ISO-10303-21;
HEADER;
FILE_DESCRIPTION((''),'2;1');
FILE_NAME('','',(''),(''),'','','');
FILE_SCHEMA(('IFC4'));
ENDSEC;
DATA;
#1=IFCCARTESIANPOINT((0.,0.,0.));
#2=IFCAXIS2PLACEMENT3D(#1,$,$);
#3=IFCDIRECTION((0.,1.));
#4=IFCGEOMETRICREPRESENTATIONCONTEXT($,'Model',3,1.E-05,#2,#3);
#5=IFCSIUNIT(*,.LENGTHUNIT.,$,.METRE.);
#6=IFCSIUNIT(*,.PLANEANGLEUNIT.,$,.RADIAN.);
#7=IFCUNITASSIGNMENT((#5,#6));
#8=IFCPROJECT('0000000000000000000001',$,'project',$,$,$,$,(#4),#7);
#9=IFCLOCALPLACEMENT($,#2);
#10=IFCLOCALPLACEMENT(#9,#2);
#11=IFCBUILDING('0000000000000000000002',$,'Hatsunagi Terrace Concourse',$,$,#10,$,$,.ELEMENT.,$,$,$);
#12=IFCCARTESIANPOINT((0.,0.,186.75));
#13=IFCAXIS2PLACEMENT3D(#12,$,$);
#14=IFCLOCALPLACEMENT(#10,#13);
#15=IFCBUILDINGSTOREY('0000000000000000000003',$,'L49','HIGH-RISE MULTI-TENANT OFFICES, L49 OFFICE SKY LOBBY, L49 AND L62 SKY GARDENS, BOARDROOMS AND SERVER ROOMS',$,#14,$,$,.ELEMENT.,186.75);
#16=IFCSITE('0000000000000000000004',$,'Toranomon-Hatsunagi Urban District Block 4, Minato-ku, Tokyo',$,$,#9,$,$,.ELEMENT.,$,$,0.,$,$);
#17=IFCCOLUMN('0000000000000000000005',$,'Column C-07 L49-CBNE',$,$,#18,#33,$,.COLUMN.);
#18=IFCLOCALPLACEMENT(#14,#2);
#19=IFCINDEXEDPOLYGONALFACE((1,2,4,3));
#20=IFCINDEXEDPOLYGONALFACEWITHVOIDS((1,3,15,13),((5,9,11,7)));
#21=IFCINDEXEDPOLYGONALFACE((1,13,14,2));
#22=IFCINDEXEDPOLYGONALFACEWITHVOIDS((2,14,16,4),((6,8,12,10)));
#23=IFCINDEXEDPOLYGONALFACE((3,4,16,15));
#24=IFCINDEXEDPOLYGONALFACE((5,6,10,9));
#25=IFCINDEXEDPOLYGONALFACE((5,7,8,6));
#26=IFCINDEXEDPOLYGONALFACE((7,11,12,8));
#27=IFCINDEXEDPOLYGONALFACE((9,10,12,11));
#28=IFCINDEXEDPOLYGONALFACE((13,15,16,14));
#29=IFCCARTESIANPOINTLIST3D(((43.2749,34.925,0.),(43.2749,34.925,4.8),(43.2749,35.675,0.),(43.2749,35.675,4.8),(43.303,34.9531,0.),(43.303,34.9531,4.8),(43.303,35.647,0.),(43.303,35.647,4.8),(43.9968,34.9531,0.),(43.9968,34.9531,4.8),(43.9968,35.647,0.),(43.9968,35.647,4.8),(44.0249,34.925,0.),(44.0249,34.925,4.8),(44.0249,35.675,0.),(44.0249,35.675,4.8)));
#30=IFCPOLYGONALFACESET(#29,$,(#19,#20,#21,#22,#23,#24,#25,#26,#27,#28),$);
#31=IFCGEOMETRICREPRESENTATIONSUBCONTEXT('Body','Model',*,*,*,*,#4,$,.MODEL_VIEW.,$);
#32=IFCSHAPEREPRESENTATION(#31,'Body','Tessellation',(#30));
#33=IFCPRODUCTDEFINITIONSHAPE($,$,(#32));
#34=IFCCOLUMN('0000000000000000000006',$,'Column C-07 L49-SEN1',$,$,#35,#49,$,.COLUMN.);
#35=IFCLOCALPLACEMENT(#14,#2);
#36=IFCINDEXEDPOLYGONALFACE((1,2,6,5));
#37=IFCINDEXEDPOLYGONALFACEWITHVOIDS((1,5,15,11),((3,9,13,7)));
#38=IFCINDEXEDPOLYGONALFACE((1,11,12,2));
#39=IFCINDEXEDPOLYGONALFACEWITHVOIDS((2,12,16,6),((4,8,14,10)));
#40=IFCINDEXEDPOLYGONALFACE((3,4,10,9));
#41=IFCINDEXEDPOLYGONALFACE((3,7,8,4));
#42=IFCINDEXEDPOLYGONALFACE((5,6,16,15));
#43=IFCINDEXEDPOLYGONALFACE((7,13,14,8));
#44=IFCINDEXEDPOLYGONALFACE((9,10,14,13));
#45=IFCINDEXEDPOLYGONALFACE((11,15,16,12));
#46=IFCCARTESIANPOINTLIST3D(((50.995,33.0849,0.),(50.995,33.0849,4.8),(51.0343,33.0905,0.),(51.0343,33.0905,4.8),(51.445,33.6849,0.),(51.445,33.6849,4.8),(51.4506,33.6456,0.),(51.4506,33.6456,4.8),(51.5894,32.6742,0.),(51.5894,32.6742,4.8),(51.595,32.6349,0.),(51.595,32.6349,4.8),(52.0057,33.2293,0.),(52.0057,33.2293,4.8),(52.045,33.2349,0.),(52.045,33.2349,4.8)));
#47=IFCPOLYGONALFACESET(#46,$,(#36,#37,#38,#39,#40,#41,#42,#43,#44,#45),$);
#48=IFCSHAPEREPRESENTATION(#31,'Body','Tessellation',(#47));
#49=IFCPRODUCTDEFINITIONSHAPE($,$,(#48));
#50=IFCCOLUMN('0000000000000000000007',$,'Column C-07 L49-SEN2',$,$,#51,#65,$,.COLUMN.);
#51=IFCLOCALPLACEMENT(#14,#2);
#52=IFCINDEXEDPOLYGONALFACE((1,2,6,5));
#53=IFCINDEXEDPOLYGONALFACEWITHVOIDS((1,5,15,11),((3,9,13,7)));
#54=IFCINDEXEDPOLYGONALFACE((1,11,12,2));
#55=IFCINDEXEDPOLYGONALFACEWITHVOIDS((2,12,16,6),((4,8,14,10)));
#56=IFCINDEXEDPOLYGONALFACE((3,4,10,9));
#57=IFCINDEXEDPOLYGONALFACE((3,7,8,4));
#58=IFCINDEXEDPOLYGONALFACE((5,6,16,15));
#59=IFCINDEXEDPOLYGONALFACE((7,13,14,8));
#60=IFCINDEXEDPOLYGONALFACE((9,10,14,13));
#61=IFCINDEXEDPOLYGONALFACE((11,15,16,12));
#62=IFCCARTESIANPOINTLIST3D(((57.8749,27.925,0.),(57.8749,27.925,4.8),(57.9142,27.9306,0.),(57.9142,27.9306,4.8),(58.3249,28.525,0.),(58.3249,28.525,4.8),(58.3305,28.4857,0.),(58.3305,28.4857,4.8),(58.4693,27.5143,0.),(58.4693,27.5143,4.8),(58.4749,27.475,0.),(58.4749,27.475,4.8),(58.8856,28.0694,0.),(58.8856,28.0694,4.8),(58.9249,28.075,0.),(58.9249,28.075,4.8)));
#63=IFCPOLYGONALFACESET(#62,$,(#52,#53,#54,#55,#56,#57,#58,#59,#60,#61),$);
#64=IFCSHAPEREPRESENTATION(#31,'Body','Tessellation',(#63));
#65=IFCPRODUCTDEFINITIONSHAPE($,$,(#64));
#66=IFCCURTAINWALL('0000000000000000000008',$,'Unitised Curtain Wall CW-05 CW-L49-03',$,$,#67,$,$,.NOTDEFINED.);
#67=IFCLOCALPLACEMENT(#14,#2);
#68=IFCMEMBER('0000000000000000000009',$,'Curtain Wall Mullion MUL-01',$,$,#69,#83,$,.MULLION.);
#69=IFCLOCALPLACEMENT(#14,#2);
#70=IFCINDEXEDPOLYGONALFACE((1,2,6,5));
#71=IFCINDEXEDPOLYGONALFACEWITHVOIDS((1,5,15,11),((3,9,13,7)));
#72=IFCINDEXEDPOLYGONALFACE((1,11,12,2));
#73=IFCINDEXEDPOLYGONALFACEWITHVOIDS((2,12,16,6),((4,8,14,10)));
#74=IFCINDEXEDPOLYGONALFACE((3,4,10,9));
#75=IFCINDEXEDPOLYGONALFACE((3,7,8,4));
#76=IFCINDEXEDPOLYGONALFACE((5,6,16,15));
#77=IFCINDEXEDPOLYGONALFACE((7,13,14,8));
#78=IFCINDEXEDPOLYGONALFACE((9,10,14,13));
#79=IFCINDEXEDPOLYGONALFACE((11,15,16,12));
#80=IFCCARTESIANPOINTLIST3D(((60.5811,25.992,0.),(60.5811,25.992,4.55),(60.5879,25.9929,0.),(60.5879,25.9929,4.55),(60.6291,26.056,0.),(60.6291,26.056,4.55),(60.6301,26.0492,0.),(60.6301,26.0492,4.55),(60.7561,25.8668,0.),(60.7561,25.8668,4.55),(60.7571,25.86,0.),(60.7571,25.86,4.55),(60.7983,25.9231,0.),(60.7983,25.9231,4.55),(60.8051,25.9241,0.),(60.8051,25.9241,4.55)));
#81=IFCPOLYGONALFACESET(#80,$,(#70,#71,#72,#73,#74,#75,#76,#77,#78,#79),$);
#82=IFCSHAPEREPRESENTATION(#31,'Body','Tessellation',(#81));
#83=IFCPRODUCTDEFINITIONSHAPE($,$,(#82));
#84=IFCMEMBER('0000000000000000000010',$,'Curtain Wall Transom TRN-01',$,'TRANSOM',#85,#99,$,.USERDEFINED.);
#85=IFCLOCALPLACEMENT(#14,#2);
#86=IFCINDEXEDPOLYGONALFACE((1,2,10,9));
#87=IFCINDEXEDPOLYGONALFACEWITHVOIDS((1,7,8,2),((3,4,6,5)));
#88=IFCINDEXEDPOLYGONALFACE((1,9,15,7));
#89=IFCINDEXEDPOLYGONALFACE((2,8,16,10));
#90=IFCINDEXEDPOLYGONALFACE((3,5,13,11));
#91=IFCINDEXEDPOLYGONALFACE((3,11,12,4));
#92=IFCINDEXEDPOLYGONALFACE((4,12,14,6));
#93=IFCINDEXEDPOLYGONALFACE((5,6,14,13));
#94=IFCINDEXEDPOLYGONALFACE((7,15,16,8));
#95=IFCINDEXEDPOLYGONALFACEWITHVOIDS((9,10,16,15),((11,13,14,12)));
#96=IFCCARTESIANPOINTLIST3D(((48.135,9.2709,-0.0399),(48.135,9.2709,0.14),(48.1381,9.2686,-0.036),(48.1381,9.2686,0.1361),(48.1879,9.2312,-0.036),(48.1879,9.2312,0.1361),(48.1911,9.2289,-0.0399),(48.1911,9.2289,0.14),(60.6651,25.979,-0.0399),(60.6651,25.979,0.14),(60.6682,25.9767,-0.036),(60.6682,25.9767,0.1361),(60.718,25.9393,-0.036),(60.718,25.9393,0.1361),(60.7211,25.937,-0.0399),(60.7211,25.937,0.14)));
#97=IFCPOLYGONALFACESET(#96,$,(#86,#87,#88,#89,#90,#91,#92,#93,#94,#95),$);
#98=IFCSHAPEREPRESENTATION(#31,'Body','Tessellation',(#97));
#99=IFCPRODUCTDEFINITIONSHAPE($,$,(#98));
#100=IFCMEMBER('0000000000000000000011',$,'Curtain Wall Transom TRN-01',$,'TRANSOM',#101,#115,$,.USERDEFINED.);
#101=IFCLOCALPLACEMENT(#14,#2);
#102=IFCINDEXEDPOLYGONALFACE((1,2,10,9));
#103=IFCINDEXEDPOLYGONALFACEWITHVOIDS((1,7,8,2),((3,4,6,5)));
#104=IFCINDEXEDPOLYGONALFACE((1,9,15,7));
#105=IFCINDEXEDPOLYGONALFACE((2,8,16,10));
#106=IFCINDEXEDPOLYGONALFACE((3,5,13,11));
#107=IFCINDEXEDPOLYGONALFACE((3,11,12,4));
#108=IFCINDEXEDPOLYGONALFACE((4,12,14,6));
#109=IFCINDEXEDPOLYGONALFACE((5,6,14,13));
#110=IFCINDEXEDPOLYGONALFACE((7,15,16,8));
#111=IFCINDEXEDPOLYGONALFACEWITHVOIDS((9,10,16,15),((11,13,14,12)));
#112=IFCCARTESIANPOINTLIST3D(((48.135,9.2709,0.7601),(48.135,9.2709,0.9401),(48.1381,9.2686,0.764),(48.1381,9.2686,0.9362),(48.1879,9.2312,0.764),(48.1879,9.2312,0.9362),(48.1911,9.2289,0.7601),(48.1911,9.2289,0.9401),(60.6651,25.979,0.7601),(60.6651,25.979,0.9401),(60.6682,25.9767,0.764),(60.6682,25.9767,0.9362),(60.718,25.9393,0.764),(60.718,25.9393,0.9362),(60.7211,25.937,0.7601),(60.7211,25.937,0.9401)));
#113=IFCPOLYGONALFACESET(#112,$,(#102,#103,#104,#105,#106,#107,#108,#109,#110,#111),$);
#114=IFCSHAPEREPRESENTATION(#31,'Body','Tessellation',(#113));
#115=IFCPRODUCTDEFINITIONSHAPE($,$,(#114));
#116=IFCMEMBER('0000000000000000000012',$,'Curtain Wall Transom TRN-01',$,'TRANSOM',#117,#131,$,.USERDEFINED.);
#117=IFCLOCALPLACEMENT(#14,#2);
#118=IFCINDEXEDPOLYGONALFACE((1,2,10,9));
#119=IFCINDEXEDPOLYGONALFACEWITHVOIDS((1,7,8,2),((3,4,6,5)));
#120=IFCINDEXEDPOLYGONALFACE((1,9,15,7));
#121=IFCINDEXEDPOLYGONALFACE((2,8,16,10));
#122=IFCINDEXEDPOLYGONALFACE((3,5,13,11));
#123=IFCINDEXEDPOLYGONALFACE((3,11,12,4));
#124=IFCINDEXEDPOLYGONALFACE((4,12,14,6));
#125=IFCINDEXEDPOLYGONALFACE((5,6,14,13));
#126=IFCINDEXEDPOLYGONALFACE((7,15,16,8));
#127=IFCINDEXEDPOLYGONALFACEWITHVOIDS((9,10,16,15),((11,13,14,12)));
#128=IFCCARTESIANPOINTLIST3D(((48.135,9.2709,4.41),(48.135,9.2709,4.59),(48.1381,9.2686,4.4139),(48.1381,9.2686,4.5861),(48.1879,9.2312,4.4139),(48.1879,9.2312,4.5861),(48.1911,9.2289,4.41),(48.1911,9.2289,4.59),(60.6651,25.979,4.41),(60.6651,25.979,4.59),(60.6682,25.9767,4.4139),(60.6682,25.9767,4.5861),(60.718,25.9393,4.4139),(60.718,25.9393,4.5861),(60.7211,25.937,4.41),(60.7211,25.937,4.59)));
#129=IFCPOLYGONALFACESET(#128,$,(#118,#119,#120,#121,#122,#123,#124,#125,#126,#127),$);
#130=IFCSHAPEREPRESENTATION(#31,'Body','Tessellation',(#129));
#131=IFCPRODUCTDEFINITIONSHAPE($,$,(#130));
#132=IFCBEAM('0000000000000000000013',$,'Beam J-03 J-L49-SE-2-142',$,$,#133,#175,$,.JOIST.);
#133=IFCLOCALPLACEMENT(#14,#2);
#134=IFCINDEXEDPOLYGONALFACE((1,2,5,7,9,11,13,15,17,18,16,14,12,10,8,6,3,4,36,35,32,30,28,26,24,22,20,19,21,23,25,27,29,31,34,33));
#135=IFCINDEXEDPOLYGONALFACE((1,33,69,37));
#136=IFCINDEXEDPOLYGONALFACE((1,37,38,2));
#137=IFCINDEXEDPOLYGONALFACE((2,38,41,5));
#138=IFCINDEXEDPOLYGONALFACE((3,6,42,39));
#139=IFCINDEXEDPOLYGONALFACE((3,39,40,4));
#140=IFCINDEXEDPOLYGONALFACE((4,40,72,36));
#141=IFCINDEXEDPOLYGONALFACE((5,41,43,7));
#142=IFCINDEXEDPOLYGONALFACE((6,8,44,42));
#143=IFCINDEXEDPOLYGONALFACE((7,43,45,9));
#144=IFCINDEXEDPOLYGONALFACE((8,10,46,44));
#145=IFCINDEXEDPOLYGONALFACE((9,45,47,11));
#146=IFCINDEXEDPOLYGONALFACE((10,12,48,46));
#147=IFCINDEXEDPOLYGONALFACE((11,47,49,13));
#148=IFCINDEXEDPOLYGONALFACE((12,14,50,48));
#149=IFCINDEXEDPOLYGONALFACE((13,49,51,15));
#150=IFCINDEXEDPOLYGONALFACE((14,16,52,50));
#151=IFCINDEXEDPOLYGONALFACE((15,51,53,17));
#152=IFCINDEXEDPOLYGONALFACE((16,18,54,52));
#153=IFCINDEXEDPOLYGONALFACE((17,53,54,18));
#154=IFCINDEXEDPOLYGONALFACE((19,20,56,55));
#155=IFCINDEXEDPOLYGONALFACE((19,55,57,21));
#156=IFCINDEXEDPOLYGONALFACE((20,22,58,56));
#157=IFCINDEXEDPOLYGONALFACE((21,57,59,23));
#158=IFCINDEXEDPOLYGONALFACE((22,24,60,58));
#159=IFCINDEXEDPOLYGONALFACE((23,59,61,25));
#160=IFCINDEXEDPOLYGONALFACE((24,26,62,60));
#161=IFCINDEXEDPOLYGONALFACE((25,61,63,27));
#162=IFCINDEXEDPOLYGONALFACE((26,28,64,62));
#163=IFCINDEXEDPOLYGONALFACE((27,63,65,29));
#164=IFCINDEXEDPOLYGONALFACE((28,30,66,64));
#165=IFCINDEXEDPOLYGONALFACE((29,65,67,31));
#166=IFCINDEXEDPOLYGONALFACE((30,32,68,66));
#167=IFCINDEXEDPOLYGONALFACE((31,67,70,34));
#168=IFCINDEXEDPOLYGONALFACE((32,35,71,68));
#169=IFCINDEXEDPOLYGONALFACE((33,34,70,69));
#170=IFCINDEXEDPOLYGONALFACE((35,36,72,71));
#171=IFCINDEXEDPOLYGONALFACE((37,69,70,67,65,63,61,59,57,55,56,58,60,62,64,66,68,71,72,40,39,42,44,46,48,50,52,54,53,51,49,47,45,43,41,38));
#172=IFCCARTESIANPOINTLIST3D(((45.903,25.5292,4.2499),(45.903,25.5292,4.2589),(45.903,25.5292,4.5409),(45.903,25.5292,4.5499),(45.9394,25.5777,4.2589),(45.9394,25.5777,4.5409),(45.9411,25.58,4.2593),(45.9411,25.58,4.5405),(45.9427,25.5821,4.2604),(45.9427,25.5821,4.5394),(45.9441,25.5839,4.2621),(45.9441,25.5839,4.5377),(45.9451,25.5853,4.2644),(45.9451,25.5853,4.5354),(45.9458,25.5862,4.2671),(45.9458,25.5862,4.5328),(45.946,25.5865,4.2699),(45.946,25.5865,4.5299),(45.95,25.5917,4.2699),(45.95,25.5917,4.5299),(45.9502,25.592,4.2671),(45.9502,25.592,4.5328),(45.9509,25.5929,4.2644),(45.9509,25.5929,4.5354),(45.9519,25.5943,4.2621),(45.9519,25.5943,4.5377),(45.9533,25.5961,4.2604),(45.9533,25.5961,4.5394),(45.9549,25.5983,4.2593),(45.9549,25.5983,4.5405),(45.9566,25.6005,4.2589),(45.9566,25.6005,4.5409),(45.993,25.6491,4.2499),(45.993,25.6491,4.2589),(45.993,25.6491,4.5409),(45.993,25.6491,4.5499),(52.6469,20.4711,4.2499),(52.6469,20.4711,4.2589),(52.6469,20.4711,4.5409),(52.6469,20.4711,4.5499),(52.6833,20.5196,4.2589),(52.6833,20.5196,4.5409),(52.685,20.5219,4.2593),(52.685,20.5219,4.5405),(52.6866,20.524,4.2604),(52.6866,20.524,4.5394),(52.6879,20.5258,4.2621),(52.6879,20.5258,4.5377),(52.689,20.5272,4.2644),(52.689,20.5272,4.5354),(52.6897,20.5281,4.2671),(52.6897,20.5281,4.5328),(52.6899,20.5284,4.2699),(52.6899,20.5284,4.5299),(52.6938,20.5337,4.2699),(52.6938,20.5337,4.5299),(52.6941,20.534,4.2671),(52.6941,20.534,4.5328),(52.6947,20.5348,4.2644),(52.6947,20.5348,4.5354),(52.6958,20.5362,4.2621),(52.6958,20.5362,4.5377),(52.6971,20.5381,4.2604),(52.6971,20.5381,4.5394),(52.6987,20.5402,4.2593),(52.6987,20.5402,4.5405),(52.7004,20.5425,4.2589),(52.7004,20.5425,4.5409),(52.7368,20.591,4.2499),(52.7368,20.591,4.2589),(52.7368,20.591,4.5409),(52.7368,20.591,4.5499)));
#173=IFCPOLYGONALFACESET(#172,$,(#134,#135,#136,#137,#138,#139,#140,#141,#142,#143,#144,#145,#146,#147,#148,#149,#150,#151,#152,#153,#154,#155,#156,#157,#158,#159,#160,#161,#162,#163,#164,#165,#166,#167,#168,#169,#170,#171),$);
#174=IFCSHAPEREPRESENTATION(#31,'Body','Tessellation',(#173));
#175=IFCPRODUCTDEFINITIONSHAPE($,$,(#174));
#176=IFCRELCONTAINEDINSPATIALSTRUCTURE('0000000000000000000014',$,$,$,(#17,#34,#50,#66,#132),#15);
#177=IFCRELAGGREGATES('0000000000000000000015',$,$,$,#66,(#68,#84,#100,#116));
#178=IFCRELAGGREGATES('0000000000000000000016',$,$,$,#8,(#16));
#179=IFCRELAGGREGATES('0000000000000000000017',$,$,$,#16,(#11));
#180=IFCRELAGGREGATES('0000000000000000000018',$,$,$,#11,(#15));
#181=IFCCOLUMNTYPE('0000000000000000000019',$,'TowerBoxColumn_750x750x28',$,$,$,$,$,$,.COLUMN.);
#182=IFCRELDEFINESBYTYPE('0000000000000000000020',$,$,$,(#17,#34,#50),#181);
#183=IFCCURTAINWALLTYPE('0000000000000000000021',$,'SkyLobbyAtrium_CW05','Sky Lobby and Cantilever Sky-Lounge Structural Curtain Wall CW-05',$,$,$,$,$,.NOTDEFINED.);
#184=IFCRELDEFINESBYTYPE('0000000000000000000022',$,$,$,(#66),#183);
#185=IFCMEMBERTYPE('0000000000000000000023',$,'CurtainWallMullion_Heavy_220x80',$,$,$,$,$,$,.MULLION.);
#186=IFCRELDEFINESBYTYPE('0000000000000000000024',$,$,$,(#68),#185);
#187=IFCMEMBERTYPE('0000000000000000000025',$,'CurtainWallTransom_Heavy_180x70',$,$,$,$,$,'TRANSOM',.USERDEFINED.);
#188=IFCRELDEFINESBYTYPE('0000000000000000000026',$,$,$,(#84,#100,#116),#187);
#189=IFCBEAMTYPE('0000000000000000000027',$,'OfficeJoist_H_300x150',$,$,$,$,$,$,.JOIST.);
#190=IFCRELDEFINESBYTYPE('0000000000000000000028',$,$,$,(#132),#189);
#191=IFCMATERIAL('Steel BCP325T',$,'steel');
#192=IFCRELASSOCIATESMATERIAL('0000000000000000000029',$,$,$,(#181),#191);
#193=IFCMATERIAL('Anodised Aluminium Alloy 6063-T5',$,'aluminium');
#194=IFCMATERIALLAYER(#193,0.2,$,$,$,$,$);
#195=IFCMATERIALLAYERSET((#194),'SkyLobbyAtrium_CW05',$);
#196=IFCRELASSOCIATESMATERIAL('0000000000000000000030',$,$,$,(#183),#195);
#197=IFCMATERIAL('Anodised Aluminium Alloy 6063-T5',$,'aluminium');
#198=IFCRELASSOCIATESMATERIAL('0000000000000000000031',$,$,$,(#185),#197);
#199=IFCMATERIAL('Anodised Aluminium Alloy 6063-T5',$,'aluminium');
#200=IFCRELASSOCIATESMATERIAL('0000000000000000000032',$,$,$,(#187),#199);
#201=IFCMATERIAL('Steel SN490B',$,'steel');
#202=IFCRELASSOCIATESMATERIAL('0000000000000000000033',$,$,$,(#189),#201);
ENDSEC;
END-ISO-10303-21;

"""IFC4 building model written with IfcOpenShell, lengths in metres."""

from ifc_helpers import new_model, si_unit, direction, frame, origin, origin_2d, place, context, subcontext, project, spatial, hollow_rectangle, i_section, extrude, material, layer, layer_set, material_profile, profile_set, type_object, element, aggregate, save


model = new_model("IFC4")

# Units and contexts
model_context = context("Model", 3, precision=1e-05, world=origin(), true_north=direction((0.0, 1.0)))
body_context = subcontext(model_context, "Body", "Model", "MODEL_VIEW")
ifc_project = project(units=[si_unit("LENGTHUNIT", "METRE"), si_unit("PLANEANGLEUNIT", "RADIAN")], contexts=[model_context])

# Site, building, storey
site_placement = place(None, origin())
site = spatial("IfcSite", under=ifc_project, at=site_placement, Name="Toranomon-Hatsunagi Urban District Block 4, Minato-ku, Tokyo", CompositionType="ELEMENT", RefElevation=0.0)
building_placement = place(site_placement, origin())
building = spatial("IfcBuilding", under=site, at=building_placement, Name="Hatsunagi Terrace Concourse", CompositionType="ELEMENT")
storey_placement = place(building_placement, frame((0.0, 0.0, 186.75)))
storey = spatial("IfcBuildingStorey", under=building, at=storey_placement, Name="L49", Description="HIGH-RISE MULTI-TENANT OFFICES, L49 OFFICE SKY LOBBY, L49 AND L62 SKY GARDENS, BOARDROOMS AND SERVER ROOMS", CompositionType="ELEMENT", Elevation=186.75)

# Columns
ifc_material_1 = material(Name="Steel BCP325T", Category="steel")
ifc_material_profile_1 = material_profile(ifc_material_1, hollow_rectangle(XDim=0.75, YDim=0.75, WallThickness=0.0281, at=origin_2d()), Name="BCP-750x750x28")
ifc_profile_set_1 = profile_set([ifc_material_profile_1], Name="Steel BCP325T")
column_type = type_object("IfcColumnType", Name="TowerBoxColumn_750x750x28", PredefinedType="COLUMN", material=ifc_profile_set_1)
for number, where, z_axis, x_axis, name in (
    (1, (43.6499, 35.3, 0.0), (0.0, 0.0, 1.0), (1.0, 0.0, 0.0), "Column C-07 L49-CBNE"),
    (2, (51.52, 33.1599, 0.0), (0.0, 0.0, 1.0), (0.8, -0.6, 0.0), "Column C-07 L49-SEN1"),
    (3, (58.3999, 28.0, 0.0), (0.0, 0.0, 1.0), (0.8, -0.6, 0.0), "Column C-07 L49-SEN2"),
):
    element("IfcColumn", number, at=place(storey_placement, frame(where, z_axis=z_axis, x_axis=x_axis)), inside=storey, type_object=column_type, Name=name, PredefinedType="COLUMN", context=body_context, shape_type="SweptSolid", body=[
        extrude(hollow_rectangle(XDim=0.75, YDim=0.75, WallThickness=0.0281, at=origin_2d()), origin(), (0.0, 0.0, 1.0), 4.8),
    ])

# Curtain wall, members
ifc_material_2 = material(Name="Anodised Aluminium Alloy 6063-T5", Category="aluminium")
ifc_layer_1 = layer(ifc_material_2, 0.2)
ifc_layer_set_1 = layer_set([ifc_layer_1], Name="SkyLobbyAtrium_CW05")
curtain_wall_type = type_object("IfcCurtainWallType", Name="SkyLobbyAtrium_CW05", Description="Sky Lobby and Cantilever Sky-Lounge Structural Curtain Wall CW-05", PredefinedType="NOTDEFINED", material=ifc_layer_set_1)
curtain_wall_placement = place(storey_placement, origin())
curtain_wall = element("IfcCurtainWall", 4, at=curtain_wall_placement, inside=storey, type_object=curtain_wall_type, Name="Unitised Curtain Wall CW-05 CW-L49-03", PredefinedType="NOTDEFINED")
ifc_material_3 = material(Name="Anodised Aluminium Alloy 6063-T5", Category="aluminium")
ifc_material_profile_2 = material_profile(ifc_material_3, hollow_rectangle(XDim=0.0801, YDim=0.22, WallThickness=0.0049, at=origin_2d()), Name="ALU-MUL-220x80x5")
ifc_profile_set_2 = profile_set([ifc_material_profile_2], Name="Anodised Aluminium Alloy 6063-T5")
member_type_1 = type_object("IfcMemberType", Name="CurtainWallMullion_Heavy_220x80", PredefinedType="MULLION", material=ifc_profile_set_2)
member_1_placement = place(storey_placement, frame((60.6931, 25.958, 0.0), z_axis=(0.0, 0.0, 1.0), x_axis=(-0.599969, -0.800023, 0.0)))
member_1 = element("IfcMember", 5, at=member_1_placement, type_object=member_type_1, Name="Curtain Wall Mullion MUL-01", PredefinedType="MULLION", context=body_context, shape_type="SweptSolid", body=[
    extrude(hollow_rectangle(XDim=0.0801, YDim=0.22, WallThickness=0.0049, at=origin_2d()), origin(), (0.0, 0.0, 1.0), 4.55),
])
ifc_material_4 = material(Name="Anodised Aluminium Alloy 6063-T5", Category="aluminium")
ifc_material_profile_3 = material_profile(ifc_material_4, hollow_rectangle(XDim=0.0701, YDim=0.1799, WallThickness=0.0039, at=origin_2d()), Name="ALU-TRN-180x70x4")
ifc_profile_set_3 = profile_set([ifc_material_profile_3], Name="Anodised Aluminium Alloy 6063-T5")
member_type_2 = type_object("IfcMemberType", Name="CurtainWallTransom_Heavy_180x70", ElementType="TRANSOM", PredefinedType="USERDEFINED", material=ifc_profile_set_3)
member_2_placement = place(storey_placement, frame((60.6931, 25.958, 0.05), z_axis=(-0.59997, -0.800022, 0.0), x_axis=(0.800022, -0.59997, 0.0)))
member_2 = element("IfcMember", 6, at=member_2_placement, type_object=member_type_2, Name="Curtain Wall Transom TRN-01", ObjectType="TRANSOM", PredefinedType="USERDEFINED", context=body_context, shape_type="SweptSolid", body=[
    extrude(hollow_rectangle(XDim=0.0701, YDim=0.1799, WallThickness=0.0039, at=origin_2d()), origin(), (0.0, 0.0, 1.0), 20.8845),
])
member_3_placement = place(storey_placement, frame((60.6931, 25.958, 0.8501), z_axis=(-0.59997, -0.800022, 0.0), x_axis=(0.800022, -0.59997, 0.0)))
member_3 = element("IfcMember", 7, at=member_3_placement, type_object=member_type_2, Name="Curtain Wall Transom TRN-01", ObjectType="TRANSOM", PredefinedType="USERDEFINED", context=body_context, shape_type="SweptSolid", body=[
    extrude(hollow_rectangle(XDim=0.0701, YDim=0.1799, WallThickness=0.0039, at=origin_2d()), origin(), (0.0, 0.0, 1.0), 20.8845),
])
member_4_placement = place(storey_placement, frame((60.6931, 25.958, 4.5), z_axis=(-0.59997, -0.800022, 0.0), x_axis=(0.800022, -0.59997, 0.0)))
member_4 = element("IfcMember", 8, at=member_4_placement, type_object=member_type_2, Name="Curtain Wall Transom TRN-01", ObjectType="TRANSOM", PredefinedType="USERDEFINED", context=body_context, shape_type="SweptSolid", body=[
    extrude(hollow_rectangle(XDim=0.0701, YDim=0.1799, WallThickness=0.0039, at=origin_2d()), origin(), (0.0, 0.0, 1.0), 20.8845),
])
aggregate(curtain_wall, [member_1, member_2, member_3, member_4])

# Beam
ifc_material_5 = material(Name="Steel SN490B", Category="steel")
ifc_material_profile_4 = material_profile(ifc_material_5, i_section(OverallWidth=0.1499, OverallDepth=0.3, WebThickness=0.0066, FlangeThickness=0.009, FilletRadius=0.011, at=origin_2d()), Name="H-300x150x6.5x9")
ifc_profile_set_4 = profile_set([ifc_material_profile_4], Name="Steel SN490B")
beam_type_1 = type_object("IfcBeamType", Name="OfficeJoist_H_300x150", PredefinedType="JOIST", material=ifc_profile_set_4)
for number, where, z_axis, x_axis, name in (
    (9, (45.948, 25.5891, 4.3999), (0.79999, -0.600014, 0.0), (0.600014, 0.79999, 0.0), "Beam J-03 J-L49-SE-2-142"),
):
    element("IfcBeam", number, at=place(storey_placement, frame(where, z_axis=z_axis, x_axis=x_axis)), inside=storey, type_object=beam_type_1, Name=name, PredefinedType="JOIST", context=body_context, shape_type="SweptSolid", body=[
        extrude(i_section(OverallWidth=0.1499, OverallDepth=0.3, WebThickness=0.0066, FlangeThickness=0.009, FilletRadius=0.011, at=origin_2d()), origin(), (0.0, 0.0, 1.0), 8.4299),
    ])

save(model, "model.ifc")
